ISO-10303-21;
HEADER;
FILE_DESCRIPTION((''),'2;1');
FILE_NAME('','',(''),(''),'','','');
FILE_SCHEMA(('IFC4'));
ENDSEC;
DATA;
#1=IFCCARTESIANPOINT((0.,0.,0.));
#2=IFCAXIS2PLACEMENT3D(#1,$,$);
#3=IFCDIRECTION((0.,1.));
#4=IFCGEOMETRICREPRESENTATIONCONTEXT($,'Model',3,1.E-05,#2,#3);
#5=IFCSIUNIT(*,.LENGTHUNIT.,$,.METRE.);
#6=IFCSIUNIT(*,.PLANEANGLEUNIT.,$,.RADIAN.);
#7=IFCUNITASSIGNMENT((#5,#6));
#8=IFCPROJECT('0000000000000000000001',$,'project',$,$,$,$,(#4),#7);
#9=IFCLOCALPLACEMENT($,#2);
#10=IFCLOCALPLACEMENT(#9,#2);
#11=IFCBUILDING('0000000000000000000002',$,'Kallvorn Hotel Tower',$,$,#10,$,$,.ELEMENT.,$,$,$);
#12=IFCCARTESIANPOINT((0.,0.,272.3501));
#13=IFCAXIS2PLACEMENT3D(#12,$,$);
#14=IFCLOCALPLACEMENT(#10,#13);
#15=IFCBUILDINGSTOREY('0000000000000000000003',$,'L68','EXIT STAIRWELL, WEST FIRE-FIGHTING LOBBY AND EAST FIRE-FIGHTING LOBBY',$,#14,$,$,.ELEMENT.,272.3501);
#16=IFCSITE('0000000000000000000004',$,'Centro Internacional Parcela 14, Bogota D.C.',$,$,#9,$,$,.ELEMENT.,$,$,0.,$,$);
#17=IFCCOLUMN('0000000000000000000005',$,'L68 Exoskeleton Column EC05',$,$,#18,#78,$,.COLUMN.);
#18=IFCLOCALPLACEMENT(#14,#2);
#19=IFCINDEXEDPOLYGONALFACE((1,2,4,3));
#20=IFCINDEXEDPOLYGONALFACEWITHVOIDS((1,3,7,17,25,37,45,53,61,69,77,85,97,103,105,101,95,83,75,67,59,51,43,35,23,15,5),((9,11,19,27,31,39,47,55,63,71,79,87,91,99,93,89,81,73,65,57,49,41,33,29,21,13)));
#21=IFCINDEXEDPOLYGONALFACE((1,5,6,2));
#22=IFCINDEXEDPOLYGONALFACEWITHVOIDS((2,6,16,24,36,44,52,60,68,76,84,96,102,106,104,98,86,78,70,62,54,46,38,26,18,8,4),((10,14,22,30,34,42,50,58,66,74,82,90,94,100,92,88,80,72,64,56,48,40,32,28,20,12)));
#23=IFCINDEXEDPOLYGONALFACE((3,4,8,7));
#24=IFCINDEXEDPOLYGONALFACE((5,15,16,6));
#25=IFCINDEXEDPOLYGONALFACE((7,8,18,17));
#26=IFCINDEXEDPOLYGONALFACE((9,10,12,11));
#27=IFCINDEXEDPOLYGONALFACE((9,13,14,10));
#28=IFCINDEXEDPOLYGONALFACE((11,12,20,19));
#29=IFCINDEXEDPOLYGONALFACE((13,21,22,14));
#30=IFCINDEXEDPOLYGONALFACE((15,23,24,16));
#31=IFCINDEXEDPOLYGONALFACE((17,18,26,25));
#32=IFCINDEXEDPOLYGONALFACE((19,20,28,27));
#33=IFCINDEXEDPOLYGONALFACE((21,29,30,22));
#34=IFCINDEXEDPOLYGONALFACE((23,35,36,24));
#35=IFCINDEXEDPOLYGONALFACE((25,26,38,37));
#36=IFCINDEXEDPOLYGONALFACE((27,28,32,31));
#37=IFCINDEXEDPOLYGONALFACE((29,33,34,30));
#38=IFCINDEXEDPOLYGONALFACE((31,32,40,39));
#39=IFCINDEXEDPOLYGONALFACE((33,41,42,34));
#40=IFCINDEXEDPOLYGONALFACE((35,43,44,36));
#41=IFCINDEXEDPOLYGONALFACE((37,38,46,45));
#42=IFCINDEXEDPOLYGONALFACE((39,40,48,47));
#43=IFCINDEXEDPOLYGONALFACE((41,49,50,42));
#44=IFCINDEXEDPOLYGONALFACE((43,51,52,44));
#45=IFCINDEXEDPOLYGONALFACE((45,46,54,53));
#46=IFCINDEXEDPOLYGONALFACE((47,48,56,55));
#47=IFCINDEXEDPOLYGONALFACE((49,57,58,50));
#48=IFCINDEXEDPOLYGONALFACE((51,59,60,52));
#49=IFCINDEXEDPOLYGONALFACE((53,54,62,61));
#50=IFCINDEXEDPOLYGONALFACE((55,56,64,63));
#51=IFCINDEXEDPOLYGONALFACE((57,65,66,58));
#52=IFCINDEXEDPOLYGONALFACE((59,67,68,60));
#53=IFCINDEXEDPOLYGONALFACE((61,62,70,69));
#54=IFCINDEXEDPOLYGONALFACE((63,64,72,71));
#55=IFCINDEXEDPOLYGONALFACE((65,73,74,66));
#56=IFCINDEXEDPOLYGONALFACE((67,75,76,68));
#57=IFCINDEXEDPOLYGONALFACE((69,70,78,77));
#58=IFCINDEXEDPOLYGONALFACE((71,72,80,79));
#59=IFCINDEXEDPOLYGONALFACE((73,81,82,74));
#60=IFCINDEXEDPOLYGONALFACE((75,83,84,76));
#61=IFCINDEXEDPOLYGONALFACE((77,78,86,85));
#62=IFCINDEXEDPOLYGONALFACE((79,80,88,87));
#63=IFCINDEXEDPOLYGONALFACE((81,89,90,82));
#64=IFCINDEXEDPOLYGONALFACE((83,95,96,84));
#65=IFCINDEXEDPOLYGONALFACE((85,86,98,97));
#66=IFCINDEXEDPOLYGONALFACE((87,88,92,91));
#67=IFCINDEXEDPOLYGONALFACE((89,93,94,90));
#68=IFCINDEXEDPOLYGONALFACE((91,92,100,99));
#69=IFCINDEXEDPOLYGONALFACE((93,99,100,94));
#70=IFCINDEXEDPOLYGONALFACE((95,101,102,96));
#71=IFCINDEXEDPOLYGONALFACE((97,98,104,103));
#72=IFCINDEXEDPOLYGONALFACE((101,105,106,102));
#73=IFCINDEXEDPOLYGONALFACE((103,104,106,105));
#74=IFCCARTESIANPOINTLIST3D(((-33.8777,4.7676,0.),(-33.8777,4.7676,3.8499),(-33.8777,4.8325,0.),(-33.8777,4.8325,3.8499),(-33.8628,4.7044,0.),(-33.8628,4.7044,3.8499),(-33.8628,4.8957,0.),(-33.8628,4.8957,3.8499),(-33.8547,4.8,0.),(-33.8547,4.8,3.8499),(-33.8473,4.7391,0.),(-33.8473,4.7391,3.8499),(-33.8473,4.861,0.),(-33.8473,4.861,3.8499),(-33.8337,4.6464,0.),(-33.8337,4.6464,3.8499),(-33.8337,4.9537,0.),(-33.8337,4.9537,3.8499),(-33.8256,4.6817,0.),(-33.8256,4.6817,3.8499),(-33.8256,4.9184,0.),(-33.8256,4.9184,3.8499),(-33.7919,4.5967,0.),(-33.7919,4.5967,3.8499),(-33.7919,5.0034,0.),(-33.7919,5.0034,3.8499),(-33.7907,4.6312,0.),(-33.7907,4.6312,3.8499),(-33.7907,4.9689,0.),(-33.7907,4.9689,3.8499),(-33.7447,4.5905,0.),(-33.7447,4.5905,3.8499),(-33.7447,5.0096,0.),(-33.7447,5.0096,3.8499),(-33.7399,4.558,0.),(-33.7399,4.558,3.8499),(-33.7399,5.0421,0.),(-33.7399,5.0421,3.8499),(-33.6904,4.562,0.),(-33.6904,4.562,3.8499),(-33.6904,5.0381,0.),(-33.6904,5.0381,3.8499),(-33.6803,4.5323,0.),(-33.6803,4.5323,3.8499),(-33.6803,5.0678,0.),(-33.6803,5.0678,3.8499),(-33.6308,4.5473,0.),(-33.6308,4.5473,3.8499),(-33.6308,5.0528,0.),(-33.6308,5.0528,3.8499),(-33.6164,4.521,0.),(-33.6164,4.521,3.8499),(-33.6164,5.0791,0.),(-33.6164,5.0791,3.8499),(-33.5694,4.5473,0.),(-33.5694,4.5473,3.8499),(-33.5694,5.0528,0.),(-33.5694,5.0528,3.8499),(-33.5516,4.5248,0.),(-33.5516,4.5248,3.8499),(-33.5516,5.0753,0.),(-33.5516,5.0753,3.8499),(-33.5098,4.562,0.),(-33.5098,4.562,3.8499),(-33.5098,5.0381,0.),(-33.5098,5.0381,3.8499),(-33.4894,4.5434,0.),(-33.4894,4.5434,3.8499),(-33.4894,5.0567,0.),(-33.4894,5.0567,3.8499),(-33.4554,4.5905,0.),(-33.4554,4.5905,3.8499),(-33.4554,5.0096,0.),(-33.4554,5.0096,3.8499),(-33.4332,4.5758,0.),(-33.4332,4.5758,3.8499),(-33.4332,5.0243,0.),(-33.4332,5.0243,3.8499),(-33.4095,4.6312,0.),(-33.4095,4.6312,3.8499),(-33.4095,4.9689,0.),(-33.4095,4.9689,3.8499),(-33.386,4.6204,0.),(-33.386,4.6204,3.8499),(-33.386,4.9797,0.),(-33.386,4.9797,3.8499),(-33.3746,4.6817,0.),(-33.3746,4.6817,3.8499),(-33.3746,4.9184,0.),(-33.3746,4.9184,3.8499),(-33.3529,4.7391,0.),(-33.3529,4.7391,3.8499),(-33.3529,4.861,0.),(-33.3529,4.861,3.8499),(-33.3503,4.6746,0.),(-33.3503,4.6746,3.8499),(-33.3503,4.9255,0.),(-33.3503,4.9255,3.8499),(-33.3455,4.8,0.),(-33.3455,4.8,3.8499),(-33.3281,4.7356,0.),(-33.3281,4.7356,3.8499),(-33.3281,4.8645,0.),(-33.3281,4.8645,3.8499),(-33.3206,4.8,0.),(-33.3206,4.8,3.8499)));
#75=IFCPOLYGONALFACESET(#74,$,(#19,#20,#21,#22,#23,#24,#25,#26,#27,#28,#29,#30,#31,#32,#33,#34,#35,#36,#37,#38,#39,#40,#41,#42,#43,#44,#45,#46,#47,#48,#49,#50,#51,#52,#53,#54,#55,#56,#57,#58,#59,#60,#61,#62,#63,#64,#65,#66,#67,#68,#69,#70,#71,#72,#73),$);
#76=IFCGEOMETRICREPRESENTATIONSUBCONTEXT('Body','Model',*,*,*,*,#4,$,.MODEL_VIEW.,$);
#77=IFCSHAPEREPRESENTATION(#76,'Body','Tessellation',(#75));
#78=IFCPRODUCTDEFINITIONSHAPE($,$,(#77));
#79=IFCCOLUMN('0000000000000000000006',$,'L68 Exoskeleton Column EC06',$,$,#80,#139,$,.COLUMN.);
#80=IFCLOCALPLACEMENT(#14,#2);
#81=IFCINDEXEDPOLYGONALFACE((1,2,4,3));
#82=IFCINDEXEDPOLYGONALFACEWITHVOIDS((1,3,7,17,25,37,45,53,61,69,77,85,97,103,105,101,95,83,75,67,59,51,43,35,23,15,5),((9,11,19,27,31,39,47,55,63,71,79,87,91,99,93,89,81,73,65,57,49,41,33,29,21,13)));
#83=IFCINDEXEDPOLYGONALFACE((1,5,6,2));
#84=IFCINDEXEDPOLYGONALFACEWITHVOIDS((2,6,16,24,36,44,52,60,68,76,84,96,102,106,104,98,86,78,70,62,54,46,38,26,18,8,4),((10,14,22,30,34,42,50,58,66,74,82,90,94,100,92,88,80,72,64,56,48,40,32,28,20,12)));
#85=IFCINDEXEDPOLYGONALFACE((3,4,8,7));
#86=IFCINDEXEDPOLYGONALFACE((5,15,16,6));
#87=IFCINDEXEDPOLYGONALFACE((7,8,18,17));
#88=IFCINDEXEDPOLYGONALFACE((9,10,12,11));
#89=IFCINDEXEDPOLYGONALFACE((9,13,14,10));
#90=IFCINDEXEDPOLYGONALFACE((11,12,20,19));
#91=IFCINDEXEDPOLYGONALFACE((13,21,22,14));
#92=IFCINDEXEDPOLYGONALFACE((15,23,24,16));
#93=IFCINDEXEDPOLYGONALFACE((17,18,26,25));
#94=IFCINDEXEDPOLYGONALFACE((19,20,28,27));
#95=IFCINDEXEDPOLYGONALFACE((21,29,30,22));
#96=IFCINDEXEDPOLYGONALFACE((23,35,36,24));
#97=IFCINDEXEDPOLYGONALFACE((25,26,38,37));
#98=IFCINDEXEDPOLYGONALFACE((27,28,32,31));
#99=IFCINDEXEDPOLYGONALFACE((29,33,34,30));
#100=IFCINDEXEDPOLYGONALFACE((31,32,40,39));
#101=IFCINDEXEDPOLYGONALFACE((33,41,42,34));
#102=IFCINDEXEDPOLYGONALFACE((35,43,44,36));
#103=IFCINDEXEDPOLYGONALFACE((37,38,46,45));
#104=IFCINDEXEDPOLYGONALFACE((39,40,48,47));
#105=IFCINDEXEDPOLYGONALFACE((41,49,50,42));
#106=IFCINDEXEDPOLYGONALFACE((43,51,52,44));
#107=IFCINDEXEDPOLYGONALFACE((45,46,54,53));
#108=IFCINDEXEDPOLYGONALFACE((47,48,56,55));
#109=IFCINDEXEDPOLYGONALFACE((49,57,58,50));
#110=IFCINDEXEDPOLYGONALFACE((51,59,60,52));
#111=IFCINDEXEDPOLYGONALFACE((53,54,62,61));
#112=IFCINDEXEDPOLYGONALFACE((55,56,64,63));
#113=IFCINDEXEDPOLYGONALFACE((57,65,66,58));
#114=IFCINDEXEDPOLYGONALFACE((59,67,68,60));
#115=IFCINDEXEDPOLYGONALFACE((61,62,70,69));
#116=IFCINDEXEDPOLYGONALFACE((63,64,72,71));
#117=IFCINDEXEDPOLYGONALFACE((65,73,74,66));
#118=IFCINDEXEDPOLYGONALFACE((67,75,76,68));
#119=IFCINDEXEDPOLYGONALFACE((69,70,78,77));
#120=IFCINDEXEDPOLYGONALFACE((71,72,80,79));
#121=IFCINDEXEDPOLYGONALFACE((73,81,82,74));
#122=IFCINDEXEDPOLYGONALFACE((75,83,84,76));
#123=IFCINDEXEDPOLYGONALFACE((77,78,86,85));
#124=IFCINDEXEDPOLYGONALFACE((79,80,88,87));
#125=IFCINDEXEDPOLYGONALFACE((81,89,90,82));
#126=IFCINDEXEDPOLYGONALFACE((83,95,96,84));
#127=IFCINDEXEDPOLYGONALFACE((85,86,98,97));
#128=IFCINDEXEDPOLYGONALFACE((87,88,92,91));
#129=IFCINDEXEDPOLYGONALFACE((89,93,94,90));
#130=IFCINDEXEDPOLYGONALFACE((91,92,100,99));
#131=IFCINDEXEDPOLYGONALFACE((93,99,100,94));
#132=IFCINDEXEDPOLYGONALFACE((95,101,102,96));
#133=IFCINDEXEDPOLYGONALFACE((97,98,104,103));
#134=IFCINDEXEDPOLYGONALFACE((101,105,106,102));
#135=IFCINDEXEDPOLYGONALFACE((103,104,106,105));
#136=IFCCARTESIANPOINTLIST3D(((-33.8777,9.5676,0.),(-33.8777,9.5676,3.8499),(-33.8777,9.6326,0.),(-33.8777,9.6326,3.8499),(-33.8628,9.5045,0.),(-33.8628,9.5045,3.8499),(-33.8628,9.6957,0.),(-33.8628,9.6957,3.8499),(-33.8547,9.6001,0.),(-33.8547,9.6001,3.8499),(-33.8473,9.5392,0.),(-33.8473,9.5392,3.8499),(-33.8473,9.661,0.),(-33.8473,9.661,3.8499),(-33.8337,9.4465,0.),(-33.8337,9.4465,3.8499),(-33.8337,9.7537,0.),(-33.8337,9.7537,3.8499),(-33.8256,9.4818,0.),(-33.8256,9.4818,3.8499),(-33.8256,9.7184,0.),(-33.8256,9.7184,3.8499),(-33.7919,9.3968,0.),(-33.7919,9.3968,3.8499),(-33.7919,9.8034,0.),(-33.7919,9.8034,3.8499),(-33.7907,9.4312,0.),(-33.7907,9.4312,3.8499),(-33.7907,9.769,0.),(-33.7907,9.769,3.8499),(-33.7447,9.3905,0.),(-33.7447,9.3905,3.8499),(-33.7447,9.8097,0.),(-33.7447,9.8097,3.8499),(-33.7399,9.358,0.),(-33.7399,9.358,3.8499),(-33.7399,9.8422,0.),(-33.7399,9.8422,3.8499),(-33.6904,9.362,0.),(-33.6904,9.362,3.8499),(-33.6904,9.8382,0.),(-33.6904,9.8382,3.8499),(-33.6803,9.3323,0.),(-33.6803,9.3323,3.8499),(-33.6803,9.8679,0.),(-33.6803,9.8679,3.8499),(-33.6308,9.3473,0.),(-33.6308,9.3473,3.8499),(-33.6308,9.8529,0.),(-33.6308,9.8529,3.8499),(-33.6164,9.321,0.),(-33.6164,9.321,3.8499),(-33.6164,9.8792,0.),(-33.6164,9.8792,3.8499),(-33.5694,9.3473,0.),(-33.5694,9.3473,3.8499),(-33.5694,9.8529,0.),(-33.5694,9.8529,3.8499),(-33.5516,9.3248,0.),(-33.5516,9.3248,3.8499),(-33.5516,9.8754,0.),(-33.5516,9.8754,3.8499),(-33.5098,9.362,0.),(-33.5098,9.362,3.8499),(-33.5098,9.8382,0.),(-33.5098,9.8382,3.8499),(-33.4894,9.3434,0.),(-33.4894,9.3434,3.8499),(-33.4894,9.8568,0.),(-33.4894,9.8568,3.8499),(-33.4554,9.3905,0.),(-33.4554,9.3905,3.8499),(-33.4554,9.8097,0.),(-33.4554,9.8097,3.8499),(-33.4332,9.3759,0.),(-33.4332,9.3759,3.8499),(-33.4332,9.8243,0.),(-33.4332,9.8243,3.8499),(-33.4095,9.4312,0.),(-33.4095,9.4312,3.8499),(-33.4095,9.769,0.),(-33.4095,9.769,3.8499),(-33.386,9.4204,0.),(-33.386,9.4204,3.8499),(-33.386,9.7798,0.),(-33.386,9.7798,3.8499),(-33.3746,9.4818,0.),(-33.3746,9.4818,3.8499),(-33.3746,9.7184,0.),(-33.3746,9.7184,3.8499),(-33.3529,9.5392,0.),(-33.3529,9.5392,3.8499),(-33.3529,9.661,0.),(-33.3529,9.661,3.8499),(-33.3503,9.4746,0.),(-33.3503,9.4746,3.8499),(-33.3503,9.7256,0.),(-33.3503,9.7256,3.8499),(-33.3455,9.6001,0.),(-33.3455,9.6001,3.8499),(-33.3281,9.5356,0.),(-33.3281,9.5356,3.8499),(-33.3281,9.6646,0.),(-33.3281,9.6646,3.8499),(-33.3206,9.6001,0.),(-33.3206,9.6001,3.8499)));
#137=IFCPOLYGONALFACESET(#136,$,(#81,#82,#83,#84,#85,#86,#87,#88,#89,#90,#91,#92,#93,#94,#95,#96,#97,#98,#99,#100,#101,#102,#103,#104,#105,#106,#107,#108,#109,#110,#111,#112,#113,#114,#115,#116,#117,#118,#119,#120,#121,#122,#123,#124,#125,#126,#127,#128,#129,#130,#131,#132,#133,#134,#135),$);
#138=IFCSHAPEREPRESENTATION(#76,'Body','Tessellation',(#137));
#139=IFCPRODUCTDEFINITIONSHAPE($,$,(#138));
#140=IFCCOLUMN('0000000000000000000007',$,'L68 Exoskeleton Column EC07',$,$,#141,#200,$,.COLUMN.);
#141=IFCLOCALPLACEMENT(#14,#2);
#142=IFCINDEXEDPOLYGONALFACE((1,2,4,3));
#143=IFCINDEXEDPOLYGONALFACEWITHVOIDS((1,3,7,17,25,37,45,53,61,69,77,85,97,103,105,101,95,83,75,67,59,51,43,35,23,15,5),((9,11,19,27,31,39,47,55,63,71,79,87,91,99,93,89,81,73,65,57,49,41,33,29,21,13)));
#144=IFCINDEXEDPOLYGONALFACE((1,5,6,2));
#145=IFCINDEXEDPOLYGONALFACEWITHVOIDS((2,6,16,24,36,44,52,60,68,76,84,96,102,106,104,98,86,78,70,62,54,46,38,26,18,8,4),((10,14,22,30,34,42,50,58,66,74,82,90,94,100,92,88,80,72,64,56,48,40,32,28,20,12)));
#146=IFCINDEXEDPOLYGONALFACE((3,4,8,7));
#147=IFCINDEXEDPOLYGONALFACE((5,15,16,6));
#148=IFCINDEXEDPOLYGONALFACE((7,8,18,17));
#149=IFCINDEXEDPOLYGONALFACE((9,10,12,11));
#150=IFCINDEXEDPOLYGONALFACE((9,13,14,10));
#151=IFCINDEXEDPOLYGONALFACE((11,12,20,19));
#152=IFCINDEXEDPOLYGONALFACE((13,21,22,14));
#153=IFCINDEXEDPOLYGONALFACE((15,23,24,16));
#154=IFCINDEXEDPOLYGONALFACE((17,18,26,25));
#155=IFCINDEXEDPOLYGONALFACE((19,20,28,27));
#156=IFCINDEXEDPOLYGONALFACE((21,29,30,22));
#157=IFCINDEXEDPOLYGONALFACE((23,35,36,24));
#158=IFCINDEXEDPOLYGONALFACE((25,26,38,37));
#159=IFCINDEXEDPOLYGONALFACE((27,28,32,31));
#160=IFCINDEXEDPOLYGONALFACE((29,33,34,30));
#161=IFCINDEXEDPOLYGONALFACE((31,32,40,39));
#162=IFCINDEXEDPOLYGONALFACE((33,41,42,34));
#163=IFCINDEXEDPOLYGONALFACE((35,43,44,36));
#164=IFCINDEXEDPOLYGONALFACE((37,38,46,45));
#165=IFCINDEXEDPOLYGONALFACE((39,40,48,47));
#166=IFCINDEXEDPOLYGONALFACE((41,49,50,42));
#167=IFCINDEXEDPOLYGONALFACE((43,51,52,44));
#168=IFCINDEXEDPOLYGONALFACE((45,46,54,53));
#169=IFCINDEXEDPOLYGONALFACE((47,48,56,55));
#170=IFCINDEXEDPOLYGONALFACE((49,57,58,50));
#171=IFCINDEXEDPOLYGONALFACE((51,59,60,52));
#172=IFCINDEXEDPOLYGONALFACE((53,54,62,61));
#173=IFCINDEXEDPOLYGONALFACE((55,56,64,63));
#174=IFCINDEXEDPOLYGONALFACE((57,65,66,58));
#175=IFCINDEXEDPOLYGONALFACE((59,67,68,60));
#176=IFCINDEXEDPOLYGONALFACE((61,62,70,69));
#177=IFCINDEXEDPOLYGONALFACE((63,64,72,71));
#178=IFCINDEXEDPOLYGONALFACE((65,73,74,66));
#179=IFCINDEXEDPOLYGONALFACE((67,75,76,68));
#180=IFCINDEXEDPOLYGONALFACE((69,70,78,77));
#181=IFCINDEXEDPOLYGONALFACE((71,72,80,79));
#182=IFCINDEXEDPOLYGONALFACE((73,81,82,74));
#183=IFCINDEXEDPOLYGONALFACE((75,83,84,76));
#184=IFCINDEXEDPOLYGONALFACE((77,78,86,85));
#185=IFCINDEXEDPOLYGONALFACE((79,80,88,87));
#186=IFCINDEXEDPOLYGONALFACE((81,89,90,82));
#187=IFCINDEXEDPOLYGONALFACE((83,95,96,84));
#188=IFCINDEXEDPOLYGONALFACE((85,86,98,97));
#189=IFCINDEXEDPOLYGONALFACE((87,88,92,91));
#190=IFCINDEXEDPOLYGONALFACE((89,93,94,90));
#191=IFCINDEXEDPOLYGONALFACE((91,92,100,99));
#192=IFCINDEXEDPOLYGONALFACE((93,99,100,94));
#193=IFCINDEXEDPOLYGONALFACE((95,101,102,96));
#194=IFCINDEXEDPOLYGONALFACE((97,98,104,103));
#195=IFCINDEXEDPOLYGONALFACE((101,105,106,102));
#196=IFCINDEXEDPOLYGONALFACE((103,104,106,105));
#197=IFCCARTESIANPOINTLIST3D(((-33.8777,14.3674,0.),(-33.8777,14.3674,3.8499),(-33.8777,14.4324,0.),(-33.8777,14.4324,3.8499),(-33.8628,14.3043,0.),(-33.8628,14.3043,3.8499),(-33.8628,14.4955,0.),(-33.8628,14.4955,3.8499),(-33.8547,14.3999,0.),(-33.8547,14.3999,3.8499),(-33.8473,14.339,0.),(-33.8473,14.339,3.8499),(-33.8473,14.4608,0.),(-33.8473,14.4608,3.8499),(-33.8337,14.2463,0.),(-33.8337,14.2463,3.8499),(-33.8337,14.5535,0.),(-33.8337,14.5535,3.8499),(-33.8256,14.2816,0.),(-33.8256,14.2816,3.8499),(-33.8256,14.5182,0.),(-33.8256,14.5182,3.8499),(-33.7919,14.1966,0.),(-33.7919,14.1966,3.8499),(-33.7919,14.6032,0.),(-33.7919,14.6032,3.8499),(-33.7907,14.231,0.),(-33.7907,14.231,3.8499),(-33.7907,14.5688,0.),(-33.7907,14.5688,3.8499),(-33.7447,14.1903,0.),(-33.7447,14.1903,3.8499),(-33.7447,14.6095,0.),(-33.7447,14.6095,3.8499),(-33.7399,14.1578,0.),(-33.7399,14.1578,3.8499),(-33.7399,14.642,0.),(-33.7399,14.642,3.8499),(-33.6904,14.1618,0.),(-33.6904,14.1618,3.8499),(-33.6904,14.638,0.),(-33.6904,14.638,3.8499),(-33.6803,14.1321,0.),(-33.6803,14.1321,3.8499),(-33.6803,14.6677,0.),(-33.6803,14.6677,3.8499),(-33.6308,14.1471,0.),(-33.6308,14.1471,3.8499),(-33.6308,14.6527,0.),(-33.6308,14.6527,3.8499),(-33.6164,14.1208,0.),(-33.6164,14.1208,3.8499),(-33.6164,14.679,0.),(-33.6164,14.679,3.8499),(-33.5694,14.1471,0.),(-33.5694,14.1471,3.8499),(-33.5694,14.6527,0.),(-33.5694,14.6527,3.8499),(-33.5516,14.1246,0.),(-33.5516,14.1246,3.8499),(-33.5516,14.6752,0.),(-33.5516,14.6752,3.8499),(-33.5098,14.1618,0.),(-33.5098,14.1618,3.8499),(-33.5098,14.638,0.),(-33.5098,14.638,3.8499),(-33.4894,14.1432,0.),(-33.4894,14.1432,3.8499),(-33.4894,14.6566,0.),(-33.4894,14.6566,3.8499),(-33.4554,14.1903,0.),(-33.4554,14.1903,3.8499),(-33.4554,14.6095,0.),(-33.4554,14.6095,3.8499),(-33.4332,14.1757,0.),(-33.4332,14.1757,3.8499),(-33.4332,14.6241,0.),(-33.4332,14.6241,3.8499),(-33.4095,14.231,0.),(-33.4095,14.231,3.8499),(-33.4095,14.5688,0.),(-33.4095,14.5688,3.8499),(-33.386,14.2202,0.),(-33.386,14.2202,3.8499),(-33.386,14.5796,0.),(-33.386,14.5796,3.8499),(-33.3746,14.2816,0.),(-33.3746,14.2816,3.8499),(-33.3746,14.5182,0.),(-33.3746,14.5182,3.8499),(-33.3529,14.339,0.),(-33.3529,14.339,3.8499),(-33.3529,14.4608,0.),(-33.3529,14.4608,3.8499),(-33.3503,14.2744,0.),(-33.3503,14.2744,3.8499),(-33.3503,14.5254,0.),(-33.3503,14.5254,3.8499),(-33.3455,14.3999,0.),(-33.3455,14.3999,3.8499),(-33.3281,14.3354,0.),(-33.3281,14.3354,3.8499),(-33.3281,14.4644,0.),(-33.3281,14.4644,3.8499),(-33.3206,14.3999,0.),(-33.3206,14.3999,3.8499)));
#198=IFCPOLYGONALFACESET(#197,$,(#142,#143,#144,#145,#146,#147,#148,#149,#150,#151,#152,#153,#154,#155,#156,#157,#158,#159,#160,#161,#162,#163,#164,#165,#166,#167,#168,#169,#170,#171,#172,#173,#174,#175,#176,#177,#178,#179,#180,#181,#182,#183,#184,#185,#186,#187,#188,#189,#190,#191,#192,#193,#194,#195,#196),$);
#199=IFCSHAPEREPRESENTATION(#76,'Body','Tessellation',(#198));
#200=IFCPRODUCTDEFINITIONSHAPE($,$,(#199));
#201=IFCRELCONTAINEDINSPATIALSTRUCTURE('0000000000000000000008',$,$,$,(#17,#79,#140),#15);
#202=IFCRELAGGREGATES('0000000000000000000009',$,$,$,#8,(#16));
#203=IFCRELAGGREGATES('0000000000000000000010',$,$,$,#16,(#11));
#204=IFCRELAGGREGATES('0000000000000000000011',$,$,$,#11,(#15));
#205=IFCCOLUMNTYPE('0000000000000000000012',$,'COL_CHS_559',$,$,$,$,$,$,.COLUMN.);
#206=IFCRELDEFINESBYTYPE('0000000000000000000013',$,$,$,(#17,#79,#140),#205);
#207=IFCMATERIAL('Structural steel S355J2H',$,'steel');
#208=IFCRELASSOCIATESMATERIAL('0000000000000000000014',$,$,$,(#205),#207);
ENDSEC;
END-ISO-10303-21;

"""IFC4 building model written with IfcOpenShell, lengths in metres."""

from ifc_helpers import new_model, si_unit, direction, frame, origin, origin_2d, place, context, subcontext, project, spatial, hollow_circle, extrude, material, material_profile, profile_set, type_object, element, save


model = new_model("IFC4")

# Units and contexts
model_context = context("Model", 3, precision=1e-05, world=origin(), true_north=direction((0.0, 1.0)))
body_context = subcontext(model_context, "Body", "Model", "MODEL_VIEW")
ifc_project = project(units=[si_unit("LENGTHUNIT", "METRE"), si_unit("PLANEANGLEUNIT", "RADIAN")], contexts=[model_context])

# Site, building, storey
site_placement = place(None, origin())
site = spatial("IfcSite", under=ifc_project, at=site_placement, Name="Centro Internacional Parcela 14, Bogota D.C.", CompositionType="ELEMENT", RefElevation=0.0)
building_placement = place(site_placement, origin())
building = spatial("IfcBuilding", under=site, at=building_placement, Name="Kallvorn Hotel Tower", CompositionType="ELEMENT")
storey_placement = place(building_placement, frame((0.0, 0.0, 272.3501)))
storey = spatial("IfcBuildingStorey", under=building, at=storey_placement, Name="L68", Description="EXIT STAIRWELL, WEST FIRE-FIGHTING LOBBY AND EAST FIRE-FIGHTING LOBBY", CompositionType="ELEMENT", Elevation=272.3501)

# Columns
ifc_material_1 = material(Name="Structural steel S355J2H", Category="steel")
ifc_material_profile_1 = material_profile(ifc_material_1, hollow_circle(Radius=0.2795, WallThickness=0.0249, at=origin_2d()), Name="CHS 559x25")
ifc_profile_set_1 = profile_set([ifc_material_profile_1], Name="Structural steel S355J2H")
column_type_1 = type_object("IfcColumnType", Name="COL_CHS_559", PredefinedType="COLUMN", material=ifc_profile_set_1)
for number, where, z_axis, x_axis, name in (
    (1, (-33.6001, 4.8, 0.0), (0.0, 0.0, 1.0), (1.0, 0.0, 0.0), "L68 Exoskeleton Column EC05"),
    (2, (-33.6001, 9.6001, 0.0), (0.0, 0.0, 1.0), (1.0, 0.0, 0.0), "L68 Exoskeleton Column EC06"),
    (3, (-33.6001, 14.3999, 0.0), (0.0, 0.0, 1.0), (1.0, 0.0, 0.0), "L68 Exoskeleton Column EC07"),
):
    element("IfcColumn", number, at=place(storey_placement, frame(where, z_axis=z_axis, x_axis=x_axis)), inside=storey, type_object=column_type_1, Name=name, PredefinedType="COLUMN", context=body_context, shape_type="SweptSolid", body=[
        extrude(hollow_circle(Radius=0.2795, WallThickness=0.0249, at=origin_2d()), origin(), (0.0, 0.0, 1.0), 3.8499),
    ])

save(model, "model.ifc")
